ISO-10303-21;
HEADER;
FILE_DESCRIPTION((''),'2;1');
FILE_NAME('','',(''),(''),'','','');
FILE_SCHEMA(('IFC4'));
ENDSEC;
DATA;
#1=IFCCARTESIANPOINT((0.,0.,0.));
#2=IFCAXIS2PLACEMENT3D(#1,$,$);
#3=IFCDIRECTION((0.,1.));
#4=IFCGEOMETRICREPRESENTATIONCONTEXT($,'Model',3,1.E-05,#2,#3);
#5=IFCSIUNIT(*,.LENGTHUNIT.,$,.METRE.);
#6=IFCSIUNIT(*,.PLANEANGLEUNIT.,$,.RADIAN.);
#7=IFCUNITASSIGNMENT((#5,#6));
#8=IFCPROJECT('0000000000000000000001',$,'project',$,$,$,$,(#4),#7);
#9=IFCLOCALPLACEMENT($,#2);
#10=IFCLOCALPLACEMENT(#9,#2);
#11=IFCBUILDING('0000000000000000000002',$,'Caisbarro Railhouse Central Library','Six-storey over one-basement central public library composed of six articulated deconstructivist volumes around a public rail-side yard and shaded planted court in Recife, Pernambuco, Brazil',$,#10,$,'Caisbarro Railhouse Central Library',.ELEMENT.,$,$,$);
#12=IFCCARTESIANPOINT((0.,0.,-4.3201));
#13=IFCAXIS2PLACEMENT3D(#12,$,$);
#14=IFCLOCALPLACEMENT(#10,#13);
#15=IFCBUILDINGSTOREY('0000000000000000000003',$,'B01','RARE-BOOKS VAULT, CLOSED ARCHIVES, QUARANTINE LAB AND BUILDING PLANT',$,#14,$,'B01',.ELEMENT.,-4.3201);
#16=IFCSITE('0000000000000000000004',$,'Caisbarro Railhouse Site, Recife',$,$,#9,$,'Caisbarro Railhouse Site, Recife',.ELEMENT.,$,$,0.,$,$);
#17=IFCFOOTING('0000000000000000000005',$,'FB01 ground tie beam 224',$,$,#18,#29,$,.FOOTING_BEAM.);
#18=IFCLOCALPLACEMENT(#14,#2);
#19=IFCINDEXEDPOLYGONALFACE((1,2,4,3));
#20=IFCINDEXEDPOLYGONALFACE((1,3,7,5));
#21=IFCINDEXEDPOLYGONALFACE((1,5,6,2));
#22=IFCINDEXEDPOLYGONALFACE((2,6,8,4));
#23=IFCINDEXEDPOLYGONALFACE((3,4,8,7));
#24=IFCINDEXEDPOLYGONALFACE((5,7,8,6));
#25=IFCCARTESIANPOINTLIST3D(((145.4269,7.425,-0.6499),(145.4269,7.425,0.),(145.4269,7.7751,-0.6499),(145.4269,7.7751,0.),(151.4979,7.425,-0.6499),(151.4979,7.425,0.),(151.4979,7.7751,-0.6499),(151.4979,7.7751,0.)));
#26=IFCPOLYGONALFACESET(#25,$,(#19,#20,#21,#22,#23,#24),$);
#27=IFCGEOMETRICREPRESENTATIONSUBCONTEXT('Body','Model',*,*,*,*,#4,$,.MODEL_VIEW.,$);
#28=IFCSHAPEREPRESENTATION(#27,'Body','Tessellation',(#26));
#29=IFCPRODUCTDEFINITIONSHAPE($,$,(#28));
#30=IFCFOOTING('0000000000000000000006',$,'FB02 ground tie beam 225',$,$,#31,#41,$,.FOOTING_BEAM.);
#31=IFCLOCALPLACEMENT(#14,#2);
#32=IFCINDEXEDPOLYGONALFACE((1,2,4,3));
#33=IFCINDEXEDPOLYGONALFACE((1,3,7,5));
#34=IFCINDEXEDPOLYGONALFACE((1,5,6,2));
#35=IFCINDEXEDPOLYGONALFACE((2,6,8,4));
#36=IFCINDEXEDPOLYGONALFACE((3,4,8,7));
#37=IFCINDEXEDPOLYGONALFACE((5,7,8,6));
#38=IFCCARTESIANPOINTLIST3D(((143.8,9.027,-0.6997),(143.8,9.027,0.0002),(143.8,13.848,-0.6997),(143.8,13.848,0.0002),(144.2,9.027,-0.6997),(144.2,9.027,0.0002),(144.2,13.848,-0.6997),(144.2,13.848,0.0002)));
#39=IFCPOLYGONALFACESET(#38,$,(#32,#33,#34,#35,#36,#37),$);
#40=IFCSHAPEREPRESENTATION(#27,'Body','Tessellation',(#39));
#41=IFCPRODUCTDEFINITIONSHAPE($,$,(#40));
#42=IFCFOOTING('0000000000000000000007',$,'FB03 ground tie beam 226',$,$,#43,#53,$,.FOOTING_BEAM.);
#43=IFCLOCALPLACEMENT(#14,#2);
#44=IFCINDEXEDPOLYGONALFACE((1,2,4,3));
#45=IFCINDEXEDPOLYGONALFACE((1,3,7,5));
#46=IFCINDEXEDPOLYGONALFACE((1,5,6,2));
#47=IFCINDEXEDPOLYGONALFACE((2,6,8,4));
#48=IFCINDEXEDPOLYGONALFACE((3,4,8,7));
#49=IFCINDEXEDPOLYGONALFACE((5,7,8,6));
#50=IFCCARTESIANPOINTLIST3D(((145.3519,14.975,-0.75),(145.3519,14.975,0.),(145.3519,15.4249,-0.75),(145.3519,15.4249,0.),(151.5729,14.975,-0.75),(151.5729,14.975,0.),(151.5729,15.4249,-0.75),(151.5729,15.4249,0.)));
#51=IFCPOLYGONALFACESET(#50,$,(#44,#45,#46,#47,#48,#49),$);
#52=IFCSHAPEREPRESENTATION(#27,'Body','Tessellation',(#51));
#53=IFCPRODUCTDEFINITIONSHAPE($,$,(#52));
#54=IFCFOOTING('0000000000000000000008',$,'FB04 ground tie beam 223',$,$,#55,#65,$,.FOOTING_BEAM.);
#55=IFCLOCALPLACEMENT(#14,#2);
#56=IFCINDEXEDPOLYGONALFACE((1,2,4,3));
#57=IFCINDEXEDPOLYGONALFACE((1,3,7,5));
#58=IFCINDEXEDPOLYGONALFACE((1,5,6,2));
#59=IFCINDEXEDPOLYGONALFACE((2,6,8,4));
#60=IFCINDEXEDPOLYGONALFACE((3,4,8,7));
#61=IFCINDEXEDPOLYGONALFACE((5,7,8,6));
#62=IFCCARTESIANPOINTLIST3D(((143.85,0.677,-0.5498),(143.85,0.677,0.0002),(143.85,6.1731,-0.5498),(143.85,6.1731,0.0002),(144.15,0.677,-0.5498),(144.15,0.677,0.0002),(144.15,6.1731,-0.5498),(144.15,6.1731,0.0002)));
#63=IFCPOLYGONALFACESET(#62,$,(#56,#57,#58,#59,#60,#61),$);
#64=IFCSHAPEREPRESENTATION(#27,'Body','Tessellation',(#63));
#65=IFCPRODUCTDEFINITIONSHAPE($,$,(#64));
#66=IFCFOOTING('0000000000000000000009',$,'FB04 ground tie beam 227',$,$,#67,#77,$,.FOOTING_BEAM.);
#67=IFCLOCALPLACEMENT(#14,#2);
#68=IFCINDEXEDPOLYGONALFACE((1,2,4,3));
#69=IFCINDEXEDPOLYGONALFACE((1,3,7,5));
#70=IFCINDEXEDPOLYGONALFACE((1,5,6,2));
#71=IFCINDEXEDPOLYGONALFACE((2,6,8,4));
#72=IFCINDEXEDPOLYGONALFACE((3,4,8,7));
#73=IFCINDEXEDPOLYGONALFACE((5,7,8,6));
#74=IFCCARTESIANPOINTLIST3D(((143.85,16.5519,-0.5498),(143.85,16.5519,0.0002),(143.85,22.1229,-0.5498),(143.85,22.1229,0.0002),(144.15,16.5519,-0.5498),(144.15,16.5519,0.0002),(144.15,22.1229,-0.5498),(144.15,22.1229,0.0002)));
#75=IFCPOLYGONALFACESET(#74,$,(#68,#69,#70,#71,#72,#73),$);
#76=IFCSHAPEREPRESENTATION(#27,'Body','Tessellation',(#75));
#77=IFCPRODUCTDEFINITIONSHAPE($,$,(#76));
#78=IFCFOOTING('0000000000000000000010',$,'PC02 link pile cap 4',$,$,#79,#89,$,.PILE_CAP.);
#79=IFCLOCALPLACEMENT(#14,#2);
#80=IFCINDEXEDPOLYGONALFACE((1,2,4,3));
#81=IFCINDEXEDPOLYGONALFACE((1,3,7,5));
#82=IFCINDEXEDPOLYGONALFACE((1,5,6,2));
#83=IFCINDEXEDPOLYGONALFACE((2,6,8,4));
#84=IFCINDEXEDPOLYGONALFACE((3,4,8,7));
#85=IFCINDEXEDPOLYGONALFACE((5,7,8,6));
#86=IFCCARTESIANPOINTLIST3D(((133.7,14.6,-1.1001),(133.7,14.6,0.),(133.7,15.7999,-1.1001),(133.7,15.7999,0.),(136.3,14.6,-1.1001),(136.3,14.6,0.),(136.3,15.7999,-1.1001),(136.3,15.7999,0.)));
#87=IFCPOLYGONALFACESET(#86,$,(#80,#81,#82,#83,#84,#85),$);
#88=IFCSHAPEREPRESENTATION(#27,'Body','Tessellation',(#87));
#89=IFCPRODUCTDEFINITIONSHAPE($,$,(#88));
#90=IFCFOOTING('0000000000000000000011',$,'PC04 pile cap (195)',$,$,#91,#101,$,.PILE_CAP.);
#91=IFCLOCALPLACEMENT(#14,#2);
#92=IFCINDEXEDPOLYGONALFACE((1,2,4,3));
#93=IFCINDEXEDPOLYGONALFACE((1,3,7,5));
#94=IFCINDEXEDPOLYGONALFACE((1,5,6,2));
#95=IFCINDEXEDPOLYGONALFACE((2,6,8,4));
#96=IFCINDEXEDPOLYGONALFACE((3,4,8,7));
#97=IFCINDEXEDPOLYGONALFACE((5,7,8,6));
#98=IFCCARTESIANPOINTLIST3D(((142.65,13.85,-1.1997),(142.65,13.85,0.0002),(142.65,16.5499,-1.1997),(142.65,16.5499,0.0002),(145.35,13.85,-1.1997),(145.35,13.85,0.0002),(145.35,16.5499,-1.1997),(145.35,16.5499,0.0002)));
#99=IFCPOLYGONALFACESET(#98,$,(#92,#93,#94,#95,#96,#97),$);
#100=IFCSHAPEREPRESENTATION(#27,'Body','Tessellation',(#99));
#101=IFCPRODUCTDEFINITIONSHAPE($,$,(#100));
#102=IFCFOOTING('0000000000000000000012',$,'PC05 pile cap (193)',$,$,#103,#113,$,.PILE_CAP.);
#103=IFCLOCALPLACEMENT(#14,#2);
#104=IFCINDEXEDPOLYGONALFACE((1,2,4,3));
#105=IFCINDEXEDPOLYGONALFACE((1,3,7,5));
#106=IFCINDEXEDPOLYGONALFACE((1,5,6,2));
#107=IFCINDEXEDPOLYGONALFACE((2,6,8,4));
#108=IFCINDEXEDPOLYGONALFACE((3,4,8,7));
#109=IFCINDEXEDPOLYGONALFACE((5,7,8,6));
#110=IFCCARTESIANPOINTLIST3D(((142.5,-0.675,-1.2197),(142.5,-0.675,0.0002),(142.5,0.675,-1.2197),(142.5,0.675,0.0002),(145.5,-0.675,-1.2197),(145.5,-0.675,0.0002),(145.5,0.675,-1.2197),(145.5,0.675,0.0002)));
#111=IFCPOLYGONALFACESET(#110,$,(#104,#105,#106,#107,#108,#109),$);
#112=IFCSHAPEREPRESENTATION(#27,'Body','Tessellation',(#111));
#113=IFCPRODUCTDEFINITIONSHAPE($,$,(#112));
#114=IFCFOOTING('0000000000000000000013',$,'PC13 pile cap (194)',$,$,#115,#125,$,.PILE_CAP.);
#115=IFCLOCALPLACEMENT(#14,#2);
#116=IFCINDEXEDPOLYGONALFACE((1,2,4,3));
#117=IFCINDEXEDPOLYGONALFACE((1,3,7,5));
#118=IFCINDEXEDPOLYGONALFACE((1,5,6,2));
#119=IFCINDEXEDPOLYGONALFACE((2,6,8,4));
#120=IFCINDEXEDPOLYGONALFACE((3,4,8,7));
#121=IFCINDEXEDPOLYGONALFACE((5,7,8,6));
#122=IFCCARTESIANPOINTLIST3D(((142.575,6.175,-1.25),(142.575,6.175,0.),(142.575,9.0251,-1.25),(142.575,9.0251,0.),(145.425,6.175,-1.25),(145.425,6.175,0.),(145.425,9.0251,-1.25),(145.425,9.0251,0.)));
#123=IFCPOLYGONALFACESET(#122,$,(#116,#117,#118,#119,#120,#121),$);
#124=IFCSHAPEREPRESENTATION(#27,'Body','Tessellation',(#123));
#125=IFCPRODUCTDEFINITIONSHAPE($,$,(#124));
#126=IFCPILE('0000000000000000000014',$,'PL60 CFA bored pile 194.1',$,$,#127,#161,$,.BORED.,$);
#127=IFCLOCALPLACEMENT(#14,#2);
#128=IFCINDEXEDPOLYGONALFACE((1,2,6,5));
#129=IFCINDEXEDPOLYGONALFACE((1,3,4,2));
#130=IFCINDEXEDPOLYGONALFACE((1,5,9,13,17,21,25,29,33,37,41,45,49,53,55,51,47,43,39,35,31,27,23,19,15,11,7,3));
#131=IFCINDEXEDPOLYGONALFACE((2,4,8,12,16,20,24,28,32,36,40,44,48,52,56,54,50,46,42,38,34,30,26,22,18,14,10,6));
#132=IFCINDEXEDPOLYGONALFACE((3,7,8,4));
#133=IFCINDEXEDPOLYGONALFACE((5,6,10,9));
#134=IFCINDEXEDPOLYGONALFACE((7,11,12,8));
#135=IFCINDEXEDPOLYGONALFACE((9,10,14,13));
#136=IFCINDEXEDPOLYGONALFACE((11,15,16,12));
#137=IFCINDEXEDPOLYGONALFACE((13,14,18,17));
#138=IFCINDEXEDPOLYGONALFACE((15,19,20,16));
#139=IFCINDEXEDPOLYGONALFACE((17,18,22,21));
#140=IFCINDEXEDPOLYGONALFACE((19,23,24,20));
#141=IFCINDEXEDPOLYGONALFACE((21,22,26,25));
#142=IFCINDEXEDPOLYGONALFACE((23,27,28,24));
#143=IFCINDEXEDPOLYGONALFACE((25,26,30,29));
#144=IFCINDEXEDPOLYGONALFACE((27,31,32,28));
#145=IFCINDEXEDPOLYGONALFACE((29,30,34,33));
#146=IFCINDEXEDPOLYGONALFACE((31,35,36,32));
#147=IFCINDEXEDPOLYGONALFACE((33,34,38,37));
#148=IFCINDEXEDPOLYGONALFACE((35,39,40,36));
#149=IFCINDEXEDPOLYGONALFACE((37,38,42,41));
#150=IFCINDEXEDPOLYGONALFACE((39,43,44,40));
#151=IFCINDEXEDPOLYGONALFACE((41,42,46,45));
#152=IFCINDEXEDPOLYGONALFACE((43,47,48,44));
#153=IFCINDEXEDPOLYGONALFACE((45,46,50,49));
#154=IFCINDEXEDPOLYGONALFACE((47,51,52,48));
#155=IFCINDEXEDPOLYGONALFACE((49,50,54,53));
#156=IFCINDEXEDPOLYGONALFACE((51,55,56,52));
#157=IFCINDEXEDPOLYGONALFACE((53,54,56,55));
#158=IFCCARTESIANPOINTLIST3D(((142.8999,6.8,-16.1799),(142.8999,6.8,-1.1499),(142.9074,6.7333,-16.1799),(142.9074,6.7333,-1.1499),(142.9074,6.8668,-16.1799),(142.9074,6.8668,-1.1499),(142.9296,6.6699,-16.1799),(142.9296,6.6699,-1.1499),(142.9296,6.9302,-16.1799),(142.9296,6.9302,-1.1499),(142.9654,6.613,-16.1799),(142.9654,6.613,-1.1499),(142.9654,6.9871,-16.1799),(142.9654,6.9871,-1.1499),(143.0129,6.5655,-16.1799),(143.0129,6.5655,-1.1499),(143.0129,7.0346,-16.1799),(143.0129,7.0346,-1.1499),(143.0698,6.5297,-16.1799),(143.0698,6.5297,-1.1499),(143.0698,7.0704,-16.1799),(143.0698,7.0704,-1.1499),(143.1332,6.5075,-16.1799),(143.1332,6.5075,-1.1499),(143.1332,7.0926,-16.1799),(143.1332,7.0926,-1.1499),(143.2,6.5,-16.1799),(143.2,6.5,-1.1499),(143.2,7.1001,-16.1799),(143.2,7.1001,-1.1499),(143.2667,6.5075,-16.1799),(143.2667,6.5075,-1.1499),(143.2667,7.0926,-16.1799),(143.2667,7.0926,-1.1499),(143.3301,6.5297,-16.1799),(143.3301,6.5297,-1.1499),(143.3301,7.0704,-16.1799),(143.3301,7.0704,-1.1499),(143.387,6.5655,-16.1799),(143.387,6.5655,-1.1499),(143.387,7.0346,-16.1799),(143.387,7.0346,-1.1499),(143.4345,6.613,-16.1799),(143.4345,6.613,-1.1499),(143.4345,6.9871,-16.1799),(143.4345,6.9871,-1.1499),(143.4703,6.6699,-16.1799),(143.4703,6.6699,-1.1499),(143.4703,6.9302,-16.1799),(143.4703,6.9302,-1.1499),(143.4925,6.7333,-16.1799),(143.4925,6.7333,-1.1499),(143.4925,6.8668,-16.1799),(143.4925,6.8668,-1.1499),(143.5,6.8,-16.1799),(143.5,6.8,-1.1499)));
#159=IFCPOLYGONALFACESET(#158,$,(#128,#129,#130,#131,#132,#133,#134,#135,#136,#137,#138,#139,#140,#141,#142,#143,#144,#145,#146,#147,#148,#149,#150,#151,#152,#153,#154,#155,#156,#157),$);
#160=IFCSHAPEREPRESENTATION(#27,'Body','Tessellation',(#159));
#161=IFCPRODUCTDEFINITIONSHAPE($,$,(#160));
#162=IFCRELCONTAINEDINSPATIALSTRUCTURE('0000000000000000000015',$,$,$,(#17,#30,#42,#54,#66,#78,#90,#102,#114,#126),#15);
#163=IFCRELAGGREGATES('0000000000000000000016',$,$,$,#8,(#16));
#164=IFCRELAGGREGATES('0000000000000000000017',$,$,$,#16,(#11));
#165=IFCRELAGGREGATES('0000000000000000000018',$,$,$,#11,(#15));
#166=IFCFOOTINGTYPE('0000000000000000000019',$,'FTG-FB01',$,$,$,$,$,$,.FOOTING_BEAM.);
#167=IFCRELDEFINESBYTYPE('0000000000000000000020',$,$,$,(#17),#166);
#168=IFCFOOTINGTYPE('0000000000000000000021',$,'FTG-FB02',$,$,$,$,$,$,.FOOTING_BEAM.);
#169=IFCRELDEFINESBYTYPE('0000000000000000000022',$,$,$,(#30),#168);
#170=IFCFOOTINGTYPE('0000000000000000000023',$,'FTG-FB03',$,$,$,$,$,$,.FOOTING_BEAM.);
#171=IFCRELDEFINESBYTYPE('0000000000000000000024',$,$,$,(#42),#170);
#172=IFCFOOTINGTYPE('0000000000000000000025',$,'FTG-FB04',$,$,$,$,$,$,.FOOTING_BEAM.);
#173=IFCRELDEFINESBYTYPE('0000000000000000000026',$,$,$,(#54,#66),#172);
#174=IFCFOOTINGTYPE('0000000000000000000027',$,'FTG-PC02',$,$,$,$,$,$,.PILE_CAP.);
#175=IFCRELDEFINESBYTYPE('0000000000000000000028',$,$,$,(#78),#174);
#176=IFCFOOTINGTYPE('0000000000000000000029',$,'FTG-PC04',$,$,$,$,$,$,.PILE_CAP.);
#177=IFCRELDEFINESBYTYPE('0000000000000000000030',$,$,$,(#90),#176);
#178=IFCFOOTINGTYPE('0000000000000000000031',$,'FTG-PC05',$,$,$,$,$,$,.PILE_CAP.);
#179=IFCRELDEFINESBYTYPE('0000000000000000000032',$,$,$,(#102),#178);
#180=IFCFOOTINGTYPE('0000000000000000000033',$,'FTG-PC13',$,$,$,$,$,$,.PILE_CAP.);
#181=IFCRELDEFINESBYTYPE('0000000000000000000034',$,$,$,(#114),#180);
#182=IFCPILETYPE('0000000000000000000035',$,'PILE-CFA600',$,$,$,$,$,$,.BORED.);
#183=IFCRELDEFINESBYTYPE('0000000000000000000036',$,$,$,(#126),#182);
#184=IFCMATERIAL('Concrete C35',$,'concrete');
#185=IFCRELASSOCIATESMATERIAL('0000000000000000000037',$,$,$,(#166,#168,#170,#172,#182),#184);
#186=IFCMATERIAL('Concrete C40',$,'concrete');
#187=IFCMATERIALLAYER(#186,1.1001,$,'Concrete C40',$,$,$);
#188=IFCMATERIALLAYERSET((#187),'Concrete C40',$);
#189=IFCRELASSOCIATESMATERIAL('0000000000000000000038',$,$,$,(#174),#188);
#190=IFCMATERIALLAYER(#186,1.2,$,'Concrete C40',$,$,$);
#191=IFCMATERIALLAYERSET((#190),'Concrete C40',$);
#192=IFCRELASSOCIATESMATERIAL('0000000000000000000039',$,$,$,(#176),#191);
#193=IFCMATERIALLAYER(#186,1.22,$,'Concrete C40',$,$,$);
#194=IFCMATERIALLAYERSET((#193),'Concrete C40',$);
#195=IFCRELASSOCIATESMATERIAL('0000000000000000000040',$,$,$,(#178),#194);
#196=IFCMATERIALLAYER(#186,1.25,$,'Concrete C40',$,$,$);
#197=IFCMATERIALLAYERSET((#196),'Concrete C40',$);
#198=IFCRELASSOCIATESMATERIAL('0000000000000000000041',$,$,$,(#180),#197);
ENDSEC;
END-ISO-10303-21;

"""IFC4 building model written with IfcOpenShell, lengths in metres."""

from ifc_helpers import new_model, si_unit, direction, frame, origin, origin_2d, place, context, subcontext, project, spatial, rectangle, circle, extrude, material, layer, layer_set, material_profile, profile_set, type_object, element, save


model = new_model("IFC4")

# Units and contexts
model_context = context("Model", 3, precision=1e-05, world=origin(), true_north=direction((0.0, 1.0)))
body_context = subcontext(model_context, "Body", "Model", "MODEL_VIEW")
ifc_project = project(units=[si_unit("LENGTHUNIT", "METRE"), si_unit("PLANEANGLEUNIT", "RADIAN")], contexts=[model_context])

# Site, building, storey
site_placement = place(None, origin())
site = spatial("IfcSite", under=ifc_project, at=site_placement, Name="Caisbarro Railhouse Site, Recife", LongName="Caisbarro Railhouse Site, Recife", CompositionType="ELEMENT", RefElevation=0.0)
building_placement = place(site_placement, origin())
building = spatial("IfcBuilding", under=site, at=building_placement, Name="Caisbarro Railhouse Central Library", Description="Six-storey over one-basement central public library composed of six articulated deconstructivist volumes around a public rail-side yard and shaded planted court in Recife, Pernambuco, Brazil", LongName="Caisbarro Railhouse Central Library", CompositionType="ELEMENT")
storey_placement = place(building_placement, frame((0.0, 0.0, -4.3201)))
storey = spatial("IfcBuildingStorey", under=building, at=storey_placement, Name="B01", Description="RARE-BOOKS VAULT, CLOSED ARCHIVES, QUARANTINE LAB AND BUILDING PLANT", LongName="B01", CompositionType="ELEMENT", Elevation=-4.3201)

# Footings
ifc_material_1 = material(Name="Concrete C35", Category="concrete")
footing_type_1 = type_object("IfcFootingType", Name="FTG-FB01", PredefinedType="FOOTING_BEAM", material=ifc_material_1)
footing_1_placement = place(storey_placement, frame((148.4624, 7.6001, -0.6499), z_axis=(0.0, 0.0, 1.0), x_axis=(1.0, 0.0, 0.0)))
element("IfcFooting", 1, at=footing_1_placement, inside=storey, type_object=footing_type_1, Name="FB01 ground tie beam 224", PredefinedType="FOOTING_BEAM", context=body_context, shape_type="SweptSolid", body=[
    extrude(rectangle(XDim=6.071, YDim=0.3501, at=origin_2d()), origin(), (0.0, 0.0, 1.0), 0.6499),
])
footing_type_2 = type_object("IfcFootingType", Name="FTG-FB02", PredefinedType="FOOTING_BEAM", material=ifc_material_1)
footing_2_placement = place(storey_placement, frame((144.0, 11.4375, -0.6997), z_axis=(0.0, 0.0, 1.0), x_axis=(0.0, 1.0, 0.0)))
element("IfcFooting", 2, at=footing_2_placement, inside=storey, type_object=footing_type_2, Name="FB02 ground tie beam 225", PredefinedType="FOOTING_BEAM", context=body_context, shape_type="SweptSolid", body=[
    extrude(rectangle(XDim=4.821, YDim=0.3999, at=origin_2d()), origin(), (0.0, 0.0, 1.0), 0.7),
])
footing_type_3 = type_object("IfcFootingType", Name="FTG-FB03", PredefinedType="FOOTING_BEAM", material=ifc_material_1)
footing_3_placement = place(storey_placement, frame((148.4624, 15.2, -0.75), z_axis=(0.0, 0.0, 1.0), x_axis=(1.0, 0.0, 0.0)))
element("IfcFooting", 3, at=footing_3_placement, inside=storey, type_object=footing_type_3, Name="FB03 ground tie beam 226", PredefinedType="FOOTING_BEAM", context=body_context, shape_type="SweptSolid", body=[
    extrude(rectangle(XDim=6.2209, YDim=0.45, at=origin_2d()), origin(), (0.0, 0.0, 1.0), 0.75),
])
footing_type_4 = type_object("IfcFootingType", Name="FTG-FB04", PredefinedType="FOOTING_BEAM", material=ifc_material_1)
footing_4_placement = place(storey_placement, frame((144.0, 3.425, -0.5498), z_axis=(0.0, 0.0, 1.0), x_axis=(0.0, 1.0, 0.0)))
element("IfcFooting", 4, at=footing_4_placement, inside=storey, type_object=footing_type_4, Name="FB04 ground tie beam 223", PredefinedType="FOOTING_BEAM", context=body_context, shape_type="SweptSolid", body=[
    extrude(rectangle(XDim=5.4961, YDim=0.3, at=origin_2d()), origin(), (0.0, 0.0, 1.0), 0.55),
])
footing_5_placement = place(storey_placement, frame((144.0, 19.3374, -0.5498), z_axis=(0.0, 0.0, 1.0), x_axis=(0.0, 1.0, 0.0)))
element("IfcFooting", 5, at=footing_5_placement, inside=storey, type_object=footing_type_4, Name="FB04 ground tie beam 227", PredefinedType="FOOTING_BEAM", context=body_context, shape_type="SweptSolid", body=[
    extrude(rectangle(XDim=5.571, YDim=0.3, at=origin_2d()), origin(), (0.0, 0.0, 1.0), 0.55),
])
ifc_material_2 = material(Name="Concrete C40", Category="concrete")
ifc_layer_1 = layer(ifc_material_2, 1.1001, Name="Concrete C40")
ifc_layer_set_1 = layer_set([ifc_layer_1], Name="Concrete C40")
footing_type_5 = type_object("IfcFootingType", Name="FTG-PC02", PredefinedType="PILE_CAP", material=ifc_layer_set_1)
footing_6_placement = place(storey_placement, frame((135.0, 15.2, -1.1001), z_axis=(0.0, 0.0, 1.0), x_axis=(1.0, 0.0, 0.0)))
element("IfcFooting", 6, at=footing_6_placement, inside=storey, type_object=footing_type_5, Name="PC02 link pile cap 4", PredefinedType="PILE_CAP", context=body_context, shape_type="SweptSolid", body=[
    extrude(rectangle(XDim=2.6001, YDim=1.2, at=origin_2d()), origin(), (0.0, 0.0, 1.0), 1.1001),
])
ifc_layer_2 = layer(ifc_material_2, 1.2, Name="Concrete C40")
ifc_layer_set_2 = layer_set([ifc_layer_2], Name="Concrete C40")
footing_type_6 = type_object("IfcFootingType", Name="FTG-PC04", PredefinedType="PILE_CAP", material=ifc_layer_set_2)
footing_7_placement = place(storey_placement, frame((144.0, 15.2, -1.1997), z_axis=(0.0, 0.0, 1.0), x_axis=(1.0, 0.0, 0.0)))
element("IfcFooting", 7, at=footing_7_placement, inside=storey, type_object=footing_type_6, Name="PC04 pile cap (195)", PredefinedType="PILE_CAP", context=body_context, shape_type="SweptSolid", body=[
    extrude(rectangle(XDim=2.7, YDim=2.7, at=origin_2d()), origin(), (0.0, 0.0, 1.0), 1.2),
])
ifc_layer_3 = layer(ifc_material_2, 1.22, Name="Concrete C40")
ifc_layer_set_3 = layer_set([ifc_layer_3], Name="Concrete C40")
footing_type_7 = type_object("IfcFootingType", Name="FTG-PC05", PredefinedType="PILE_CAP", material=ifc_layer_set_3)
footing_8_placement = place(storey_placement, frame((144.0, 0.0, -1.2197), z_axis=(0.0, 0.0, 1.0), x_axis=(1.0, 0.0, 0.0)))
element("IfcFooting", 8, at=footing_8_placement, inside=storey, type_object=footing_type_7, Name="PC05 pile cap (193)", PredefinedType="PILE_CAP", context=body_context, shape_type="SweptSolid", body=[
    extrude(rectangle(XDim=3.0, YDim=1.3501, at=origin_2d()), origin(), (0.0, 0.0, 1.0), 1.22),
])
ifc_layer_4 = layer(ifc_material_2, 1.25, Name="Concrete C40")
ifc_layer_set_4 = layer_set([ifc_layer_4], Name="Concrete C40")
footing_type_8 = type_object("IfcFootingType", Name="FTG-PC13", PredefinedType="PILE_CAP", material=ifc_layer_set_4)
footing_9_placement = place(storey_placement, frame((144.0, 7.6001, -1.25), z_axis=(0.0, 0.0, 1.0), x_axis=(1.0, 0.0, 0.0)))
element("IfcFooting", 9, at=footing_9_placement, inside=storey, type_object=footing_type_8, Name="PC13 pile cap (194)", PredefinedType="PILE_CAP", context=body_context, shape_type="SweptSolid", body=[
    extrude(rectangle(XDim=2.8501, YDim=2.8501, at=origin_2d()), origin(), (0.0, 0.0, 1.0), 1.25),
])

# Pile
ifc_material_profile_1 = material_profile(ifc_material_1, circle(Radius=0.3, at=origin_2d()), Name="PILE-CFA-600")
ifc_profile_set_1 = profile_set([ifc_material_profile_1], Name="Concrete C35")
pile_type_1 = type_object("IfcPileType", Name="PILE-CFA600", PredefinedType="BORED", material=ifc_profile_set_1)
for number, where, z_axis, x_axis, name in (
    (10, (143.2, 6.8, -1.1499), (0.0, 0.0, -1.0), (1.0, 0.0, 0.0), "PL60 CFA bored pile 194.1"),
):
    element("IfcPile", number, at=place(storey_placement, frame(where, z_axis=z_axis, x_axis=x_axis)), inside=storey, type_object=pile_type_1, Name=name, PredefinedType="BORED", context=body_context, shape_type="SweptSolid", body=[
        extrude(circle(Radius=0.3, at=origin_2d()), origin(), (0.0, 0.0, 1.0), 15.03),
    ])

save(model, "model.ifc")
